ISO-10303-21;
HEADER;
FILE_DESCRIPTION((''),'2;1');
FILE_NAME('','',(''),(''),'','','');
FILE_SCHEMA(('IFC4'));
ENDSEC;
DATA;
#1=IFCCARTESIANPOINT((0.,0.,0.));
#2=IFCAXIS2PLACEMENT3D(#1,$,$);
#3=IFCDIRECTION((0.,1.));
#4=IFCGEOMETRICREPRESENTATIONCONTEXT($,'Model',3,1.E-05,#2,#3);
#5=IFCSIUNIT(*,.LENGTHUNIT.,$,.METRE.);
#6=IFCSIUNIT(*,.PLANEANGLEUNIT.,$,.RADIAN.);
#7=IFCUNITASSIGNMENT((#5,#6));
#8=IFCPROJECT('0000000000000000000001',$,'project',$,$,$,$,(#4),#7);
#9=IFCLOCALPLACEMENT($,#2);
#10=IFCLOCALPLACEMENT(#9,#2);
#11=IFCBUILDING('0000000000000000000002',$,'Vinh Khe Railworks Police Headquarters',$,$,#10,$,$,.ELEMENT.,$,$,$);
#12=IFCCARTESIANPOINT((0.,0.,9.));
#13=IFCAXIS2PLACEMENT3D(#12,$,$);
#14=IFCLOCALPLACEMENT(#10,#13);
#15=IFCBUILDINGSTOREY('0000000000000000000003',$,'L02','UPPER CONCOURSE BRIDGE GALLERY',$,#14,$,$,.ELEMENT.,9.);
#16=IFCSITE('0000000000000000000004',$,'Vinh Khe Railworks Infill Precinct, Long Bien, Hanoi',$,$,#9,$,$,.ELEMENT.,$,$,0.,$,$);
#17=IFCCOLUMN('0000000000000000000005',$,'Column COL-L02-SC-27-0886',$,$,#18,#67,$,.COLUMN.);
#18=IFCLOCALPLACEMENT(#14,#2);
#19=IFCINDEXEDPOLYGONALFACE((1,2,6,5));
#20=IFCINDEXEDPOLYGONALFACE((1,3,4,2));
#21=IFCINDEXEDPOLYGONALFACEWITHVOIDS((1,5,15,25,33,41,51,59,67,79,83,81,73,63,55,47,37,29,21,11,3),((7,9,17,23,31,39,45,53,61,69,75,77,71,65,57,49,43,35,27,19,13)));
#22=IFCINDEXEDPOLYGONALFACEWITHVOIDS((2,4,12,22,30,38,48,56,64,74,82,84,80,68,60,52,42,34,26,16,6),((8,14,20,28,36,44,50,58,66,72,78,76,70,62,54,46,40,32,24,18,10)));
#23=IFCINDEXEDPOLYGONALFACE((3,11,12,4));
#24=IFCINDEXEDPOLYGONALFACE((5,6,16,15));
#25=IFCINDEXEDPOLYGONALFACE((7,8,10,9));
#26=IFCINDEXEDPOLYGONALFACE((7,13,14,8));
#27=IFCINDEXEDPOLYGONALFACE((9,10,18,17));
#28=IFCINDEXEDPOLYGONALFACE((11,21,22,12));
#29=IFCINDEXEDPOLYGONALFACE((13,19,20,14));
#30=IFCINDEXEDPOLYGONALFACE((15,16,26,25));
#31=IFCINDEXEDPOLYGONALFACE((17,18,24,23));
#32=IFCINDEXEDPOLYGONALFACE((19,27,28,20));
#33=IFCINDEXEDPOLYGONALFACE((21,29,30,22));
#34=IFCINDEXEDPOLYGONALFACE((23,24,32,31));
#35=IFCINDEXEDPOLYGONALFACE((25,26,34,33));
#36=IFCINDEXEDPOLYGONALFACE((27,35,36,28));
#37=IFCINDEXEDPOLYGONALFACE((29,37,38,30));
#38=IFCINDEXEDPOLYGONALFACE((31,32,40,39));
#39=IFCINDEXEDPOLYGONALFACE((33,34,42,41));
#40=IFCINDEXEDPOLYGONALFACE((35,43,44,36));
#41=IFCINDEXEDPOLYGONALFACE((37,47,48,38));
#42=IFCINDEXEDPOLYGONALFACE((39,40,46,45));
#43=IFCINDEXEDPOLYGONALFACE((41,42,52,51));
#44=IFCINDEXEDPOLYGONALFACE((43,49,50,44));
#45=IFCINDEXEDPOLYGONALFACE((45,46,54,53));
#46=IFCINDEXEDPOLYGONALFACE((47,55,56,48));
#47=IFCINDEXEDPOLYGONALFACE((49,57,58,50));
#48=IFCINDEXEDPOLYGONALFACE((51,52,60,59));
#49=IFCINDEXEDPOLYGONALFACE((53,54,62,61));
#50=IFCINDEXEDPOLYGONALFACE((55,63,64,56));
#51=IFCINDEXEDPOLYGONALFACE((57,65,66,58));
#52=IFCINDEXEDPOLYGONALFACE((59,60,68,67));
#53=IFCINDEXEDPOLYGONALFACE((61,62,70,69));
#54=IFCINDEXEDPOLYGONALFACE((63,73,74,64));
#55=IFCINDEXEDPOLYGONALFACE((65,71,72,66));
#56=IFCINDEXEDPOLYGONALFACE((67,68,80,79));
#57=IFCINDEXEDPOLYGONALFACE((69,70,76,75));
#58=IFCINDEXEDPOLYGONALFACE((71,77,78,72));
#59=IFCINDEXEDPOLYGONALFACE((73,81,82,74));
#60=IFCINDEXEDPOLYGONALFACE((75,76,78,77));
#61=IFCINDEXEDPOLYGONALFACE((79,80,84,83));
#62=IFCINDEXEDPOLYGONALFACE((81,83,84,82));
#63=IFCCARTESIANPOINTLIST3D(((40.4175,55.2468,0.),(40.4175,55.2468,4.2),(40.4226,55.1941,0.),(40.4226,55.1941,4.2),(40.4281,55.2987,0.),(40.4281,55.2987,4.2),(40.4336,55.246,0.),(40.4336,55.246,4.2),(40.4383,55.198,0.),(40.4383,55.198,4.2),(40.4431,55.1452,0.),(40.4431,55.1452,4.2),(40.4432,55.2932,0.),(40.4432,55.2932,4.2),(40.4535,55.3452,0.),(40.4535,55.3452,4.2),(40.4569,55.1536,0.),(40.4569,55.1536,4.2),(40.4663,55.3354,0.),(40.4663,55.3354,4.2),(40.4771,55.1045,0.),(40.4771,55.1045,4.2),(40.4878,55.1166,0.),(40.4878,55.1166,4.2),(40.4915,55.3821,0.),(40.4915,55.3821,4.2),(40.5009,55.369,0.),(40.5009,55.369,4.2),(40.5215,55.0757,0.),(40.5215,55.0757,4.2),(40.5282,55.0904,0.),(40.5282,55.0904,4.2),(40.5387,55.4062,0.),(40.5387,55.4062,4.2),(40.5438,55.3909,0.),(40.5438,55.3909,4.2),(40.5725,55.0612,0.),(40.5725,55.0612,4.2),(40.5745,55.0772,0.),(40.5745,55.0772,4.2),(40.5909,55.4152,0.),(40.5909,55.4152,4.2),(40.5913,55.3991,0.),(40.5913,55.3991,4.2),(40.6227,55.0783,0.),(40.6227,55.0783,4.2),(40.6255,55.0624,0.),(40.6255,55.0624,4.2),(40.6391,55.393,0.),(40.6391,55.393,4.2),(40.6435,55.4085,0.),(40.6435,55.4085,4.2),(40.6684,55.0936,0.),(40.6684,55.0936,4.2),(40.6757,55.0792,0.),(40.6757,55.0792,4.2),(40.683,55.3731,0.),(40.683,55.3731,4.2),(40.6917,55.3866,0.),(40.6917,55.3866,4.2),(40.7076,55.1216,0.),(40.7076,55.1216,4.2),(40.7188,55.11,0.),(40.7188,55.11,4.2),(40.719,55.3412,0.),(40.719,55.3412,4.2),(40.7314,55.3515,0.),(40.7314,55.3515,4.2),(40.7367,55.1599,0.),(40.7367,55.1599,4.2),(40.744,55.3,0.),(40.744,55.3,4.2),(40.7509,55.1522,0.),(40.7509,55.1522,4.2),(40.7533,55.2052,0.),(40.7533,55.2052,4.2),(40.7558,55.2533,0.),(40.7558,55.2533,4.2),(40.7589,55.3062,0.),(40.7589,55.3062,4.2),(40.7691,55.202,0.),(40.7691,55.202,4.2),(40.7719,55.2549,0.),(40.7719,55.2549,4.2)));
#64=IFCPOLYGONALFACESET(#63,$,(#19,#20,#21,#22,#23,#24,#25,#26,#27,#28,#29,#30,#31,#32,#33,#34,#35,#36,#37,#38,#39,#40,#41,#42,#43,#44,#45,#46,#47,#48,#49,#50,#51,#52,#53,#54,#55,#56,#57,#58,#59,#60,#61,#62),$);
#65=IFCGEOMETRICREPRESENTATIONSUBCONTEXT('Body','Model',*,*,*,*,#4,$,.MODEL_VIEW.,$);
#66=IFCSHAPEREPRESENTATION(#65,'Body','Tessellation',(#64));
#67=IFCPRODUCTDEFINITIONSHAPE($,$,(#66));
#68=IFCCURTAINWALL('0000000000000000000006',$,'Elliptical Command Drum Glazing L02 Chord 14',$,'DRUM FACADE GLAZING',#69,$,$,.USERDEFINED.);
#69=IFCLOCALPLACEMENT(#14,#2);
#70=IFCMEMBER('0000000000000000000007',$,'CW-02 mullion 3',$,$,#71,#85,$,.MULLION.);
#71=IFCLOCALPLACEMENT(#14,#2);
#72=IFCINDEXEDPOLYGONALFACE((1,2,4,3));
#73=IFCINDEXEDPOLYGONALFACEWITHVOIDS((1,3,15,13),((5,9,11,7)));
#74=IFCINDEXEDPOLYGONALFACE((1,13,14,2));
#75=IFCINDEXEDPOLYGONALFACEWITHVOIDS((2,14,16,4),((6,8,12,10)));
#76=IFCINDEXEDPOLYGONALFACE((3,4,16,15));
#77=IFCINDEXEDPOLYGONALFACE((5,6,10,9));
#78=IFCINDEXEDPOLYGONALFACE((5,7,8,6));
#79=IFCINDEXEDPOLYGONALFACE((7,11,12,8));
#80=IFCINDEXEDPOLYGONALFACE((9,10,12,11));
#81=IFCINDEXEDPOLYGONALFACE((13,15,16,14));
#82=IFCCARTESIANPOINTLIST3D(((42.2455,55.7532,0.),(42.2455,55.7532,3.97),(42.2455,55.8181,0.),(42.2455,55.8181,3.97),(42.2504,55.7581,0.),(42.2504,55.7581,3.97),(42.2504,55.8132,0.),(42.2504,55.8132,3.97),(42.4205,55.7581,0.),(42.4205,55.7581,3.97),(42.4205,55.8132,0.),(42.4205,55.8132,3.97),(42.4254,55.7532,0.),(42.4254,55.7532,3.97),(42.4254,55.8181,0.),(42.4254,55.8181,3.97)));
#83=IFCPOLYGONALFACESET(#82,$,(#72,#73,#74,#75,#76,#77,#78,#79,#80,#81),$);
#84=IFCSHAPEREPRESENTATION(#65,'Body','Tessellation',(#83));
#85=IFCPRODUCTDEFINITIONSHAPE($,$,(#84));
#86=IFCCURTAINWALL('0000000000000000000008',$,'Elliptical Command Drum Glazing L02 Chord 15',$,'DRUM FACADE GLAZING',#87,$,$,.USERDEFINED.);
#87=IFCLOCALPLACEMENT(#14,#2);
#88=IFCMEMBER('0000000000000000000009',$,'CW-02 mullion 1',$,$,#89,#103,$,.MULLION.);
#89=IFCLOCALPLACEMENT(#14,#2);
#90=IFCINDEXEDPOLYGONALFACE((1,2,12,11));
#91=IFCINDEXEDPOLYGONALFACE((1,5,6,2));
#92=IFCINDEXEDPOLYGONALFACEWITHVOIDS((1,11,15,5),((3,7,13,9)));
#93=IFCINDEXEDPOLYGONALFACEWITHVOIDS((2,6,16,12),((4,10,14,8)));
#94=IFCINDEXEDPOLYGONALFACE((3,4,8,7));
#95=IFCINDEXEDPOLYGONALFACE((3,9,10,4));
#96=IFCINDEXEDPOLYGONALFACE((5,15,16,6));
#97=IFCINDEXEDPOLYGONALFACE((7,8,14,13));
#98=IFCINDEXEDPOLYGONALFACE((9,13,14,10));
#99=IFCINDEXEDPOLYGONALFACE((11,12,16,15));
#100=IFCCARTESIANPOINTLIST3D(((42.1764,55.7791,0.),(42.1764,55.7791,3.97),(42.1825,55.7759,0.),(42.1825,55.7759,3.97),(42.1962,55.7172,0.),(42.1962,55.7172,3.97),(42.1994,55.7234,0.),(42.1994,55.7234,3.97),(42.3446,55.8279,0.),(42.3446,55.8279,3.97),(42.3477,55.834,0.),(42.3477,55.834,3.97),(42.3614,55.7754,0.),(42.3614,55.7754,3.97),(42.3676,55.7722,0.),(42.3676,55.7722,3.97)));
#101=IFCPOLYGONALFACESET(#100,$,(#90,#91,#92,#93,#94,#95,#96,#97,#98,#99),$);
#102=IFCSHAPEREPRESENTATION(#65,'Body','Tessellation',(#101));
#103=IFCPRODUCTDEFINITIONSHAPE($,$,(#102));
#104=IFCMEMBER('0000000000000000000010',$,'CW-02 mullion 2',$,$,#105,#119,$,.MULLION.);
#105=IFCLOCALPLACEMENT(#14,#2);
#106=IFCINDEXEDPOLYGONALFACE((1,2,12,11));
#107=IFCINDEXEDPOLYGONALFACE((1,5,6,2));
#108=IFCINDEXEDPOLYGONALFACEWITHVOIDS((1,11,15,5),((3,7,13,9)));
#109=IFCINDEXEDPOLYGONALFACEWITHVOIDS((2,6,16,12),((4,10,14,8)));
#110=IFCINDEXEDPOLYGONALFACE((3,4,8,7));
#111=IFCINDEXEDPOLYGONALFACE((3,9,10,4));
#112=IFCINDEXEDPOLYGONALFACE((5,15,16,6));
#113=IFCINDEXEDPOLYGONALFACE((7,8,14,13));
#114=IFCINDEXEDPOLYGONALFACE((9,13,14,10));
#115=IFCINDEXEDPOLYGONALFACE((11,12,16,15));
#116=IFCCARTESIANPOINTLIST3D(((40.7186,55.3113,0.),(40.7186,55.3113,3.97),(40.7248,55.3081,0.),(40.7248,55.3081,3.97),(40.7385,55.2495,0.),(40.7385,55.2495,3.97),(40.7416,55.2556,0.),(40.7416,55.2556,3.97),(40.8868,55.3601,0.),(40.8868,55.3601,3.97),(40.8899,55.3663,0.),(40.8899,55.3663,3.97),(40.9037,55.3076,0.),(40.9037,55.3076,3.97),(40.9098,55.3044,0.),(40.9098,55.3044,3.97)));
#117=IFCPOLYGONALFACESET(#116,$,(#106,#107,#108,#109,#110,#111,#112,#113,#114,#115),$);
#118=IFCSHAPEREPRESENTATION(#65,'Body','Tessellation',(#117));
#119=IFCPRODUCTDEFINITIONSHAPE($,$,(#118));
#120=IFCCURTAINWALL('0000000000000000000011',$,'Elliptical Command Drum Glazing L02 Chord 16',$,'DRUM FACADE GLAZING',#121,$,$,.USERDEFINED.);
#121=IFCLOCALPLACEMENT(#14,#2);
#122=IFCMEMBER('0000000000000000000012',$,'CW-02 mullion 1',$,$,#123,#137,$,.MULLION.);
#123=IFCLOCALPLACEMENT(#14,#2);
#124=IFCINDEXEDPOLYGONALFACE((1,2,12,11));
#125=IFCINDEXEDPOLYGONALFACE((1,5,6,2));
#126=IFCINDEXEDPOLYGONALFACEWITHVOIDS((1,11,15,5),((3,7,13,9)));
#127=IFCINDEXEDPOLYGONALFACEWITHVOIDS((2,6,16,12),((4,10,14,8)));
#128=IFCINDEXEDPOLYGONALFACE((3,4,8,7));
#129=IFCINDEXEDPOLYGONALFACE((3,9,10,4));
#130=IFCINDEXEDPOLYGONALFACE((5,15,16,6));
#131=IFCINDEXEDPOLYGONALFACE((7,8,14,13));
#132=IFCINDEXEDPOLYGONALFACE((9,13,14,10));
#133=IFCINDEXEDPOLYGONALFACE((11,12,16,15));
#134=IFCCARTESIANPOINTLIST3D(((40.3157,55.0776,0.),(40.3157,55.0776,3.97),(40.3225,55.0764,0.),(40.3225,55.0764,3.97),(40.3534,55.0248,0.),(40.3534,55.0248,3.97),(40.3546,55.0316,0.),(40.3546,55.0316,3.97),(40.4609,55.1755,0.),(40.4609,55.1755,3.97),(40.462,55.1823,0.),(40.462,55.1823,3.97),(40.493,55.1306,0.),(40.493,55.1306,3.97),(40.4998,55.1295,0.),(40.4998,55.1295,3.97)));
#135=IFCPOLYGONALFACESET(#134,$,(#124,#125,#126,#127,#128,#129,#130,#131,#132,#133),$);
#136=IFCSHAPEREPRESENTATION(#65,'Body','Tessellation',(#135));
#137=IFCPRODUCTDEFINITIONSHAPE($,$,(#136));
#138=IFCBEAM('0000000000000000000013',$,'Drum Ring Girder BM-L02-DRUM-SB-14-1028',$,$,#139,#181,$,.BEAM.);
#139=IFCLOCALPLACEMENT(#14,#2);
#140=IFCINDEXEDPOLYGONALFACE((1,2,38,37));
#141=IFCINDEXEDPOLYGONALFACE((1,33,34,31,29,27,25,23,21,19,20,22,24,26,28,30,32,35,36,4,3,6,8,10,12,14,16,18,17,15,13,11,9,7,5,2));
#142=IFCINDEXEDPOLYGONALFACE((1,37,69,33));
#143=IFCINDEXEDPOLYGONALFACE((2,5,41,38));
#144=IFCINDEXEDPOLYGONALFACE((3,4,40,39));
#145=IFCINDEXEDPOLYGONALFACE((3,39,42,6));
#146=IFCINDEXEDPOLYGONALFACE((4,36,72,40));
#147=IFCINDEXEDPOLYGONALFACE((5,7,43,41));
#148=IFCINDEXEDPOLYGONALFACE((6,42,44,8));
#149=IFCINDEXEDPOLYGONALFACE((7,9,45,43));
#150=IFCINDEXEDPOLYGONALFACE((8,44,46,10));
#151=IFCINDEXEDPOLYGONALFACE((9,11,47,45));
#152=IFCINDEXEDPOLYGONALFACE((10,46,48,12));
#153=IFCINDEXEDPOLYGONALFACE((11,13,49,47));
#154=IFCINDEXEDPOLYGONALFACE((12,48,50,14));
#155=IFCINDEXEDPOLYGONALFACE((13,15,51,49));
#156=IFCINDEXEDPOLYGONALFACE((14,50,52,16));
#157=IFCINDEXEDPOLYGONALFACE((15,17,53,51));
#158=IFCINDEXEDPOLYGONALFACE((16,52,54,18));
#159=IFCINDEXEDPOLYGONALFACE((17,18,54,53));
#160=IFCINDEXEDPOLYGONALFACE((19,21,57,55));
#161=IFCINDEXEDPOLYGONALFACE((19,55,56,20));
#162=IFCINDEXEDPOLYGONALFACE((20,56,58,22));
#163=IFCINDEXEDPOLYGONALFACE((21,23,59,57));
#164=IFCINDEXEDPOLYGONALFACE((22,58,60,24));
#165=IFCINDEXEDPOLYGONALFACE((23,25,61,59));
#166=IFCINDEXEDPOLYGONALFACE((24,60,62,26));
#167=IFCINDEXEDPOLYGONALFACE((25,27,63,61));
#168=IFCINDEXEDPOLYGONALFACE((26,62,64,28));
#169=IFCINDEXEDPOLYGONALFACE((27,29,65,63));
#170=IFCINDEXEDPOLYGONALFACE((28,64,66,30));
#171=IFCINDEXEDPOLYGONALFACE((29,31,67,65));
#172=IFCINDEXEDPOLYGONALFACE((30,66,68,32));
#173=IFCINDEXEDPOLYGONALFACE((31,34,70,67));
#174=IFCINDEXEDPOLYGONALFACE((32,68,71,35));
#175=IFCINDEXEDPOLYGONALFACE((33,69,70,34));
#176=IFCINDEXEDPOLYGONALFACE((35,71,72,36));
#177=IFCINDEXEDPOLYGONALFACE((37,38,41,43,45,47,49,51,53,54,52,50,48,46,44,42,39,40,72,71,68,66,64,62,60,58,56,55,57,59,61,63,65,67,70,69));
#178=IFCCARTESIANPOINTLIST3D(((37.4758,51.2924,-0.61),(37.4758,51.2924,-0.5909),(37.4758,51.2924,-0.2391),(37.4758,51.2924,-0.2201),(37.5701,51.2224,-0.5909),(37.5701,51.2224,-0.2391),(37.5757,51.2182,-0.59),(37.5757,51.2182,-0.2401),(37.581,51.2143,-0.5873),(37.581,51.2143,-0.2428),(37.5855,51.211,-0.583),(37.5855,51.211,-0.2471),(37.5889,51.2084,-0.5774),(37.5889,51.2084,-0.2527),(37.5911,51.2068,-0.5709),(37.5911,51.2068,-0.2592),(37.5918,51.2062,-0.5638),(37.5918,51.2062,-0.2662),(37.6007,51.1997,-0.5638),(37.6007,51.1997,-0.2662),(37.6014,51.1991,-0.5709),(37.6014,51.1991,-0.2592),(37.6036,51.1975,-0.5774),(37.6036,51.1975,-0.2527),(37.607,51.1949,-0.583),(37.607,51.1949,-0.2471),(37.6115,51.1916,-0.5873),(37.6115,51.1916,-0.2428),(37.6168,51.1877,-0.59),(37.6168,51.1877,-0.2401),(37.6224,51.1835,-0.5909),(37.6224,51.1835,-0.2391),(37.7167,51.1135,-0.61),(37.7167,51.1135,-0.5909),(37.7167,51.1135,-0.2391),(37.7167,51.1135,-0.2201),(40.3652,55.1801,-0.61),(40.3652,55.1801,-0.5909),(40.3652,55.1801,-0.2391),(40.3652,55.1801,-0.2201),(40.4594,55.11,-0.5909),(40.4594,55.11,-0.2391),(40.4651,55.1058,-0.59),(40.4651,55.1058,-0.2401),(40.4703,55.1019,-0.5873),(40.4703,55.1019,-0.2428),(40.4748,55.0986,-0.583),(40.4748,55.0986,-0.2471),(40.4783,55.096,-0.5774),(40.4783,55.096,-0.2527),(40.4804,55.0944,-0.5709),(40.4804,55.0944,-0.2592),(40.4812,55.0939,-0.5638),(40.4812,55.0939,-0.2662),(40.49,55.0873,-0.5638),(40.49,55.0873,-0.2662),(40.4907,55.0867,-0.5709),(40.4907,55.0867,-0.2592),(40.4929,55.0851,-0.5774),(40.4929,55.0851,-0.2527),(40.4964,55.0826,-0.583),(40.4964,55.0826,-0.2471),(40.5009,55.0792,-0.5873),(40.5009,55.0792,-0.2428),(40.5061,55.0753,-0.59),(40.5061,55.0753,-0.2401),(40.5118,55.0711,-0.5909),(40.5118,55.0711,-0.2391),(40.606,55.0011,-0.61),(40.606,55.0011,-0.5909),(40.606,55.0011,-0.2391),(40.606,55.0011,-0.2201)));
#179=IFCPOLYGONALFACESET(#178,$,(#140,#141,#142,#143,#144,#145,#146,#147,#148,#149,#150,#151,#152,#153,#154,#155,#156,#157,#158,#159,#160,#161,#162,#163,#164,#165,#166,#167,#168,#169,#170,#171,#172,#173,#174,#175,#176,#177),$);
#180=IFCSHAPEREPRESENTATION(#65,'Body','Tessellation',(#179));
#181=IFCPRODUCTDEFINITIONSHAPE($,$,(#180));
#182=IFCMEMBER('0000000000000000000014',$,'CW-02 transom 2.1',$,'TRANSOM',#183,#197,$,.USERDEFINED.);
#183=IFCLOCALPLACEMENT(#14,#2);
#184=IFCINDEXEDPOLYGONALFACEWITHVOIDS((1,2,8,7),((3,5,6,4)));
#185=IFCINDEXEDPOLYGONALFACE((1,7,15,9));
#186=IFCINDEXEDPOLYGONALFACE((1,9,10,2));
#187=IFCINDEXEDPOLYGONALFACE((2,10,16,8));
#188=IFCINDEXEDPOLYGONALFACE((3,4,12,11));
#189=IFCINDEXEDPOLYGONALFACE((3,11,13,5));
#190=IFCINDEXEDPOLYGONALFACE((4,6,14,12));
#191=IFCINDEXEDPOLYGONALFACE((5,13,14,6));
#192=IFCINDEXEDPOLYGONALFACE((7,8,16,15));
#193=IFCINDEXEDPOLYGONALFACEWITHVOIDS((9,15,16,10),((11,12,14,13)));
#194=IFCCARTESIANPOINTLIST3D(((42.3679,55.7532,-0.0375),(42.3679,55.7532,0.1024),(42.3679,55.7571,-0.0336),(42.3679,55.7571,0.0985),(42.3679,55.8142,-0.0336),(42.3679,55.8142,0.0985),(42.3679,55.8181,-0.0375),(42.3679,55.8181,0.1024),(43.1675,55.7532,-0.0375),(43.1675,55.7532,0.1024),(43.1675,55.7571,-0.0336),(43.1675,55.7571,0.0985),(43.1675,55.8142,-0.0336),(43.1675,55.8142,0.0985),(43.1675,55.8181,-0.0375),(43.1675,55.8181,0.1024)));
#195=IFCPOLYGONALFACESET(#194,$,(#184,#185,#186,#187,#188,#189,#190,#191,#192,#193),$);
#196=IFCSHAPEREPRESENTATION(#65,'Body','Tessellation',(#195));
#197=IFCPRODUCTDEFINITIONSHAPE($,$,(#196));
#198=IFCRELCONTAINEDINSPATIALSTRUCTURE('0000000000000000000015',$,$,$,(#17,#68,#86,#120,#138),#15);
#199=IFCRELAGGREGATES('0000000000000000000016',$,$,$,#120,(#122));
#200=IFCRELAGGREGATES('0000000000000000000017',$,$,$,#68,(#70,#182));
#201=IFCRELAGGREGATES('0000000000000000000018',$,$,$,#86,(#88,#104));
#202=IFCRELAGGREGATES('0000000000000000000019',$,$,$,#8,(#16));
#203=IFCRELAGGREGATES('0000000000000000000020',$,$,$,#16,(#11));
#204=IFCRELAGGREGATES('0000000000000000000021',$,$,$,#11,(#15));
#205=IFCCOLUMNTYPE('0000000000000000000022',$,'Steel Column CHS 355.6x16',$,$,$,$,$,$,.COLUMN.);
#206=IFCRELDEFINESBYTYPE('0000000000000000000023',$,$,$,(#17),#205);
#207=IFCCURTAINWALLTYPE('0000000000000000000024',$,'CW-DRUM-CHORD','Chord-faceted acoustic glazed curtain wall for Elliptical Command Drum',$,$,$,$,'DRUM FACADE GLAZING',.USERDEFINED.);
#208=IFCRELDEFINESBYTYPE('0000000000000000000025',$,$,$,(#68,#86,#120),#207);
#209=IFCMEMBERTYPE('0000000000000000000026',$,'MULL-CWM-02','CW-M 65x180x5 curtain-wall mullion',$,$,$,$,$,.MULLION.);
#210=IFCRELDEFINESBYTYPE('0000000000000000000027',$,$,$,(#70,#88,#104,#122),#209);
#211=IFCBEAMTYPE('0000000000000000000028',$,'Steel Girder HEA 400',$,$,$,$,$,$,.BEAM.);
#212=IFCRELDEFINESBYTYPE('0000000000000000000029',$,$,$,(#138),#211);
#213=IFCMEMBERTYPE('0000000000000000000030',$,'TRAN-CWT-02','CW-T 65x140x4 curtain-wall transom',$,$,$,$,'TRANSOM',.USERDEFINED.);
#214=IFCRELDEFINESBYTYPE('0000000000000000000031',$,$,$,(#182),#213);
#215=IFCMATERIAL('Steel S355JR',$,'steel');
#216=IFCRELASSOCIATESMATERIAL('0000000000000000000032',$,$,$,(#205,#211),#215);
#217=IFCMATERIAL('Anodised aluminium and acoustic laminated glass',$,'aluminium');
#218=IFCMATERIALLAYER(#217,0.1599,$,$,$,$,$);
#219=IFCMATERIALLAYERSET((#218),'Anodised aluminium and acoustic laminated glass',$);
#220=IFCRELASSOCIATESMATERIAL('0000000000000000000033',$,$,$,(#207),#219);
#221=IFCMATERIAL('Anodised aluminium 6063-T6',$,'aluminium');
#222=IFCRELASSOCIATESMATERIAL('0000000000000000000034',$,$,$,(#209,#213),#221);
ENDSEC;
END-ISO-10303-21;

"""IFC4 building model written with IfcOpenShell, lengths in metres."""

from ifc_helpers import new_model, si_unit, direction, frame, origin, origin_2d, place, context, subcontext, project, spatial, hollow_rectangle, hollow_circle, i_section, extrude, material, layer, layer_set, material_profile, profile_set, type_object, element, aggregate, save


model = new_model("IFC4")

# Units and contexts
model_context = context("Model", 3, precision=1e-05, world=origin(), true_north=direction((0.0, 1.0)))
body_context = subcontext(model_context, "Body", "Model", "MODEL_VIEW")
ifc_project = project(units=[si_unit("LENGTHUNIT", "METRE"), si_unit("PLANEANGLEUNIT", "RADIAN")], contexts=[model_context])

# Site, building, storey
site_placement = place(None, origin())
site = spatial("IfcSite", under=ifc_project, at=site_placement, Name="Vinh Khe Railworks Infill Precinct, Long Bien, Hanoi", CompositionType="ELEMENT", RefElevation=0.0)
building_placement = place(site_placement, origin())
building = spatial("IfcBuilding", under=site, at=building_placement, Name="Vinh Khe Railworks Police Headquarters", CompositionType="ELEMENT")
storey_placement = place(building_placement, frame((0.0, 0.0, 9.0)))
storey = spatial("IfcBuildingStorey", under=building, at=storey_placement, Name="L02", Description="UPPER CONCOURSE BRIDGE GALLERY", CompositionType="ELEMENT", Elevation=9.0)

# Column
ifc_material_1 = material(Name="Steel S355JR", Category="steel")
ifc_material_profile_1 = material_profile(ifc_material_1, hollow_circle(Radius=0.1777, WallThickness=0.0161, at=origin_2d()), Name="CHS 355.6x16")
ifc_profile_set_1 = profile_set([ifc_material_profile_1], Name="Steel S355JR")
column_type = type_object("IfcColumnType", Name="Steel Column CHS 355.6x16", PredefinedType="COLUMN", material=ifc_profile_set_1)
column_placement = place(storey_placement, frame((40.595, 55.2375, 0.0), z_axis=(0.0, 0.0, 1.0), x_axis=(-0.581981, 0.813202, 0.0)))
element("IfcColumn", 1, at=column_placement, inside=storey, type_object=column_type, Name="Column COL-L02-SC-27-0886", PredefinedType="COLUMN", context=body_context, shape_type="SweptSolid", body=[
    extrude(hollow_circle(Radius=0.1777, WallThickness=0.0161, at=origin_2d()), origin(), (0.0, 0.0, 1.0), 4.2),
])

# Curtain wall, member
ifc_material_2 = material(Name="Anodised aluminium and acoustic laminated glass", Category="aluminium")
ifc_layer_1 = layer(ifc_material_2, 0.1599)
ifc_layer_set_1 = layer_set([ifc_layer_1], Name="Anodised aluminium and acoustic laminated glass")
curtain_wall_type = type_object("IfcCurtainWallType", Name="CW-DRUM-CHORD", Description="Chord-faceted acoustic glazed curtain wall for Elliptical Command Drum", ElementType="DRUM FACADE GLAZING", PredefinedType="USERDEFINED", material=ifc_layer_set_1)
curtain_wall_1_placement = place(storey_placement, origin())
curtain_wall_1 = element("IfcCurtainWall", 2, at=curtain_wall_1_placement, inside=storey, type_object=curtain_wall_type, Name="Elliptical Command Drum Glazing L02 Chord 14", ObjectType="DRUM FACADE GLAZING", PredefinedType="USERDEFINED")
ifc_material_3 = material(Name="Anodised aluminium 6063-T6", Category="aluminium")
ifc_material_profile_2 = material_profile(ifc_material_3, hollow_rectangle(XDim=0.0649, YDim=0.1799, WallThickness=0.0049, at=origin_2d()), Name="CW-M 65x180x5")
ifc_profile_set_2 = profile_set([ifc_material_profile_2], Name="Anodised aluminium 6063-T6")
member_type_1 = type_object("IfcMemberType", Name="MULL-CWM-02", Description="CW-M 65x180x5 curtain-wall mullion", PredefinedType="MULLION", material=ifc_profile_set_2)
member_1_placement = place(storey_placement, frame((42.3354, 55.7856, 0.0), z_axis=(0.0, 0.0, 1.0), x_axis=(0.0, -1.0, 0.0)))
member_1 = element("IfcMember", 3, at=member_1_placement, type_object=member_type_1, Name="CW-02 mullion 3", PredefinedType="MULLION", context=body_context, shape_type="SweptSolid", body=[
    extrude(hollow_rectangle(XDim=0.0649, YDim=0.1799, WallThickness=0.0049, at=origin_2d()), origin(), (0.0, 0.0, 1.0), 3.97),
])

# Curtain wall, members
curtain_wall_2_placement = place(storey_placement, origin())
curtain_wall_2 = element("IfcCurtainWall", 4, at=curtain_wall_2_placement, inside=storey, type_object=curtain_wall_type, Name="Elliptical Command Drum Glazing L02 Chord 15", ObjectType="DRUM FACADE GLAZING", PredefinedType="USERDEFINED")
member_2_placement = place(storey_placement, frame((42.272, 55.7756, 0.0), z_axis=(0.0, 0.0, 1.0), x_axis=(0.305575, -0.952168, 0.0)))
member_2 = element("IfcMember", 5, at=member_2_placement, type_object=member_type_1, Name="CW-02 mullion 1", PredefinedType="MULLION", context=body_context, shape_type="SweptSolid", body=[
    extrude(hollow_rectangle(XDim=0.0649, YDim=0.1799, WallThickness=0.0049, at=origin_2d()), origin(), (0.0, 0.0, 1.0), 3.97),
])
member_3_placement = place(storey_placement, frame((40.8142, 55.3079, 0.0), z_axis=(0.0, 0.0, 1.0), x_axis=(0.305575, -0.952168, 0.0)))
member_3 = element("IfcMember", 6, at=member_3_placement, type_object=member_type_1, Name="CW-02 mullion 2", PredefinedType="MULLION", context=body_context, shape_type="SweptSolid", body=[
    extrude(hollow_rectangle(XDim=0.0649, YDim=0.1799, WallThickness=0.0049, at=origin_2d()), origin(), (0.0, 0.0, 1.0), 3.97),
])

# Curtain wall, member
curtain_wall_3_placement = place(storey_placement, origin())
curtain_wall_3 = element("IfcCurtainWall", 7, at=curtain_wall_3_placement, inside=storey, type_object=curtain_wall_type, Name="Elliptical Command Drum Glazing L02 Chord 16", ObjectType="DRUM FACADE GLAZING", PredefinedType="USERDEFINED")
member_4_placement = place(storey_placement, frame((40.4077, 55.1035, 0.0), z_axis=(0.0, 0.0, 1.0), x_axis=(0.581915, -0.813249, 0.0)))
member_4 = element("IfcMember", 8, at=member_4_placement, type_object=member_type_1, Name="CW-02 mullion 1", PredefinedType="MULLION", context=body_context, shape_type="SweptSolid", body=[
    extrude(hollow_rectangle(XDim=0.0649, YDim=0.1799, WallThickness=0.0049, at=origin_2d()), origin(), (0.0, 0.0, 1.0), 3.97),
])

# Beam
ifc_material_profile_3 = material_profile(ifc_material_1, i_section(OverallWidth=0.3, OverallDepth=0.3899, WebThickness=0.011, FlangeThickness=0.019, FilletRadius=0.0271, at=origin_2d()), Name="HEA 400")
ifc_profile_set_3 = profile_set([ifc_material_profile_3], Name="Steel S355JR")
beam_type = type_object("IfcBeamType", Name="Steel Girder HEA 400", PredefinedType="BEAM", material=ifc_profile_set_3)
beam_placement = place(storey_placement, frame((40.4856, 55.0906, -0.415), z_axis=(-0.596511, -0.802605, 0.0), x_axis=(0.802605, -0.596511, 0.0)))
element("IfcBeam", 9, at=beam_placement, inside=storey, type_object=beam_type, Name="Drum Ring Girder BM-L02-DRUM-SB-14-1028", PredefinedType="BEAM", context=body_context, shape_type="SweptSolid", body=[
    extrude(i_section(OverallWidth=0.3, OverallDepth=0.3899, WebThickness=0.011, FlangeThickness=0.019, FilletRadius=0.0271, at=origin_2d()), origin(), (0.0, 0.0, 1.0), 4.8438),
])

# Member
ifc_material_profile_4 = material_profile(ifc_material_3, hollow_rectangle(XDim=0.0649, YDim=0.1399, WallThickness=0.0039, at=origin_2d()), Name="CW-T 65x140x4")
ifc_profile_set_4 = profile_set([ifc_material_profile_4], Name="Anodised aluminium 6063-T6")
member_type_2 = type_object("IfcMemberType", Name="TRAN-CWT-02", Description="CW-T 65x140x4 curtain-wall transom", ElementType="TRANSOM", PredefinedType="USERDEFINED", material=ifc_profile_set_4)
member_5_placement = place(storey_placement, frame((43.1675, 55.7856, 0.0325), z_axis=(-1.0, 0.0, 0.0), x_axis=(0.0, -1.0, 0.0)))
member_5 = element("IfcMember", 10, at=member_5_placement, type_object=member_type_2, Name="CW-02 transom 2.1", ObjectType="TRANSOM", PredefinedType="USERDEFINED", context=body_context, shape_type="SweptSolid", body=[
    extrude(hollow_rectangle(XDim=0.0649, YDim=0.1399, WallThickness=0.0039, at=origin_2d()), origin(), (0.0, 0.0, 1.0), 0.7996),
])
aggregate(curtain_wall_3, [member_4])

aggregate(curtain_wall_1, [member_1, member_5])
aggregate(curtain_wall_2, [member_2, member_3])

save(model, "model.ifc")
